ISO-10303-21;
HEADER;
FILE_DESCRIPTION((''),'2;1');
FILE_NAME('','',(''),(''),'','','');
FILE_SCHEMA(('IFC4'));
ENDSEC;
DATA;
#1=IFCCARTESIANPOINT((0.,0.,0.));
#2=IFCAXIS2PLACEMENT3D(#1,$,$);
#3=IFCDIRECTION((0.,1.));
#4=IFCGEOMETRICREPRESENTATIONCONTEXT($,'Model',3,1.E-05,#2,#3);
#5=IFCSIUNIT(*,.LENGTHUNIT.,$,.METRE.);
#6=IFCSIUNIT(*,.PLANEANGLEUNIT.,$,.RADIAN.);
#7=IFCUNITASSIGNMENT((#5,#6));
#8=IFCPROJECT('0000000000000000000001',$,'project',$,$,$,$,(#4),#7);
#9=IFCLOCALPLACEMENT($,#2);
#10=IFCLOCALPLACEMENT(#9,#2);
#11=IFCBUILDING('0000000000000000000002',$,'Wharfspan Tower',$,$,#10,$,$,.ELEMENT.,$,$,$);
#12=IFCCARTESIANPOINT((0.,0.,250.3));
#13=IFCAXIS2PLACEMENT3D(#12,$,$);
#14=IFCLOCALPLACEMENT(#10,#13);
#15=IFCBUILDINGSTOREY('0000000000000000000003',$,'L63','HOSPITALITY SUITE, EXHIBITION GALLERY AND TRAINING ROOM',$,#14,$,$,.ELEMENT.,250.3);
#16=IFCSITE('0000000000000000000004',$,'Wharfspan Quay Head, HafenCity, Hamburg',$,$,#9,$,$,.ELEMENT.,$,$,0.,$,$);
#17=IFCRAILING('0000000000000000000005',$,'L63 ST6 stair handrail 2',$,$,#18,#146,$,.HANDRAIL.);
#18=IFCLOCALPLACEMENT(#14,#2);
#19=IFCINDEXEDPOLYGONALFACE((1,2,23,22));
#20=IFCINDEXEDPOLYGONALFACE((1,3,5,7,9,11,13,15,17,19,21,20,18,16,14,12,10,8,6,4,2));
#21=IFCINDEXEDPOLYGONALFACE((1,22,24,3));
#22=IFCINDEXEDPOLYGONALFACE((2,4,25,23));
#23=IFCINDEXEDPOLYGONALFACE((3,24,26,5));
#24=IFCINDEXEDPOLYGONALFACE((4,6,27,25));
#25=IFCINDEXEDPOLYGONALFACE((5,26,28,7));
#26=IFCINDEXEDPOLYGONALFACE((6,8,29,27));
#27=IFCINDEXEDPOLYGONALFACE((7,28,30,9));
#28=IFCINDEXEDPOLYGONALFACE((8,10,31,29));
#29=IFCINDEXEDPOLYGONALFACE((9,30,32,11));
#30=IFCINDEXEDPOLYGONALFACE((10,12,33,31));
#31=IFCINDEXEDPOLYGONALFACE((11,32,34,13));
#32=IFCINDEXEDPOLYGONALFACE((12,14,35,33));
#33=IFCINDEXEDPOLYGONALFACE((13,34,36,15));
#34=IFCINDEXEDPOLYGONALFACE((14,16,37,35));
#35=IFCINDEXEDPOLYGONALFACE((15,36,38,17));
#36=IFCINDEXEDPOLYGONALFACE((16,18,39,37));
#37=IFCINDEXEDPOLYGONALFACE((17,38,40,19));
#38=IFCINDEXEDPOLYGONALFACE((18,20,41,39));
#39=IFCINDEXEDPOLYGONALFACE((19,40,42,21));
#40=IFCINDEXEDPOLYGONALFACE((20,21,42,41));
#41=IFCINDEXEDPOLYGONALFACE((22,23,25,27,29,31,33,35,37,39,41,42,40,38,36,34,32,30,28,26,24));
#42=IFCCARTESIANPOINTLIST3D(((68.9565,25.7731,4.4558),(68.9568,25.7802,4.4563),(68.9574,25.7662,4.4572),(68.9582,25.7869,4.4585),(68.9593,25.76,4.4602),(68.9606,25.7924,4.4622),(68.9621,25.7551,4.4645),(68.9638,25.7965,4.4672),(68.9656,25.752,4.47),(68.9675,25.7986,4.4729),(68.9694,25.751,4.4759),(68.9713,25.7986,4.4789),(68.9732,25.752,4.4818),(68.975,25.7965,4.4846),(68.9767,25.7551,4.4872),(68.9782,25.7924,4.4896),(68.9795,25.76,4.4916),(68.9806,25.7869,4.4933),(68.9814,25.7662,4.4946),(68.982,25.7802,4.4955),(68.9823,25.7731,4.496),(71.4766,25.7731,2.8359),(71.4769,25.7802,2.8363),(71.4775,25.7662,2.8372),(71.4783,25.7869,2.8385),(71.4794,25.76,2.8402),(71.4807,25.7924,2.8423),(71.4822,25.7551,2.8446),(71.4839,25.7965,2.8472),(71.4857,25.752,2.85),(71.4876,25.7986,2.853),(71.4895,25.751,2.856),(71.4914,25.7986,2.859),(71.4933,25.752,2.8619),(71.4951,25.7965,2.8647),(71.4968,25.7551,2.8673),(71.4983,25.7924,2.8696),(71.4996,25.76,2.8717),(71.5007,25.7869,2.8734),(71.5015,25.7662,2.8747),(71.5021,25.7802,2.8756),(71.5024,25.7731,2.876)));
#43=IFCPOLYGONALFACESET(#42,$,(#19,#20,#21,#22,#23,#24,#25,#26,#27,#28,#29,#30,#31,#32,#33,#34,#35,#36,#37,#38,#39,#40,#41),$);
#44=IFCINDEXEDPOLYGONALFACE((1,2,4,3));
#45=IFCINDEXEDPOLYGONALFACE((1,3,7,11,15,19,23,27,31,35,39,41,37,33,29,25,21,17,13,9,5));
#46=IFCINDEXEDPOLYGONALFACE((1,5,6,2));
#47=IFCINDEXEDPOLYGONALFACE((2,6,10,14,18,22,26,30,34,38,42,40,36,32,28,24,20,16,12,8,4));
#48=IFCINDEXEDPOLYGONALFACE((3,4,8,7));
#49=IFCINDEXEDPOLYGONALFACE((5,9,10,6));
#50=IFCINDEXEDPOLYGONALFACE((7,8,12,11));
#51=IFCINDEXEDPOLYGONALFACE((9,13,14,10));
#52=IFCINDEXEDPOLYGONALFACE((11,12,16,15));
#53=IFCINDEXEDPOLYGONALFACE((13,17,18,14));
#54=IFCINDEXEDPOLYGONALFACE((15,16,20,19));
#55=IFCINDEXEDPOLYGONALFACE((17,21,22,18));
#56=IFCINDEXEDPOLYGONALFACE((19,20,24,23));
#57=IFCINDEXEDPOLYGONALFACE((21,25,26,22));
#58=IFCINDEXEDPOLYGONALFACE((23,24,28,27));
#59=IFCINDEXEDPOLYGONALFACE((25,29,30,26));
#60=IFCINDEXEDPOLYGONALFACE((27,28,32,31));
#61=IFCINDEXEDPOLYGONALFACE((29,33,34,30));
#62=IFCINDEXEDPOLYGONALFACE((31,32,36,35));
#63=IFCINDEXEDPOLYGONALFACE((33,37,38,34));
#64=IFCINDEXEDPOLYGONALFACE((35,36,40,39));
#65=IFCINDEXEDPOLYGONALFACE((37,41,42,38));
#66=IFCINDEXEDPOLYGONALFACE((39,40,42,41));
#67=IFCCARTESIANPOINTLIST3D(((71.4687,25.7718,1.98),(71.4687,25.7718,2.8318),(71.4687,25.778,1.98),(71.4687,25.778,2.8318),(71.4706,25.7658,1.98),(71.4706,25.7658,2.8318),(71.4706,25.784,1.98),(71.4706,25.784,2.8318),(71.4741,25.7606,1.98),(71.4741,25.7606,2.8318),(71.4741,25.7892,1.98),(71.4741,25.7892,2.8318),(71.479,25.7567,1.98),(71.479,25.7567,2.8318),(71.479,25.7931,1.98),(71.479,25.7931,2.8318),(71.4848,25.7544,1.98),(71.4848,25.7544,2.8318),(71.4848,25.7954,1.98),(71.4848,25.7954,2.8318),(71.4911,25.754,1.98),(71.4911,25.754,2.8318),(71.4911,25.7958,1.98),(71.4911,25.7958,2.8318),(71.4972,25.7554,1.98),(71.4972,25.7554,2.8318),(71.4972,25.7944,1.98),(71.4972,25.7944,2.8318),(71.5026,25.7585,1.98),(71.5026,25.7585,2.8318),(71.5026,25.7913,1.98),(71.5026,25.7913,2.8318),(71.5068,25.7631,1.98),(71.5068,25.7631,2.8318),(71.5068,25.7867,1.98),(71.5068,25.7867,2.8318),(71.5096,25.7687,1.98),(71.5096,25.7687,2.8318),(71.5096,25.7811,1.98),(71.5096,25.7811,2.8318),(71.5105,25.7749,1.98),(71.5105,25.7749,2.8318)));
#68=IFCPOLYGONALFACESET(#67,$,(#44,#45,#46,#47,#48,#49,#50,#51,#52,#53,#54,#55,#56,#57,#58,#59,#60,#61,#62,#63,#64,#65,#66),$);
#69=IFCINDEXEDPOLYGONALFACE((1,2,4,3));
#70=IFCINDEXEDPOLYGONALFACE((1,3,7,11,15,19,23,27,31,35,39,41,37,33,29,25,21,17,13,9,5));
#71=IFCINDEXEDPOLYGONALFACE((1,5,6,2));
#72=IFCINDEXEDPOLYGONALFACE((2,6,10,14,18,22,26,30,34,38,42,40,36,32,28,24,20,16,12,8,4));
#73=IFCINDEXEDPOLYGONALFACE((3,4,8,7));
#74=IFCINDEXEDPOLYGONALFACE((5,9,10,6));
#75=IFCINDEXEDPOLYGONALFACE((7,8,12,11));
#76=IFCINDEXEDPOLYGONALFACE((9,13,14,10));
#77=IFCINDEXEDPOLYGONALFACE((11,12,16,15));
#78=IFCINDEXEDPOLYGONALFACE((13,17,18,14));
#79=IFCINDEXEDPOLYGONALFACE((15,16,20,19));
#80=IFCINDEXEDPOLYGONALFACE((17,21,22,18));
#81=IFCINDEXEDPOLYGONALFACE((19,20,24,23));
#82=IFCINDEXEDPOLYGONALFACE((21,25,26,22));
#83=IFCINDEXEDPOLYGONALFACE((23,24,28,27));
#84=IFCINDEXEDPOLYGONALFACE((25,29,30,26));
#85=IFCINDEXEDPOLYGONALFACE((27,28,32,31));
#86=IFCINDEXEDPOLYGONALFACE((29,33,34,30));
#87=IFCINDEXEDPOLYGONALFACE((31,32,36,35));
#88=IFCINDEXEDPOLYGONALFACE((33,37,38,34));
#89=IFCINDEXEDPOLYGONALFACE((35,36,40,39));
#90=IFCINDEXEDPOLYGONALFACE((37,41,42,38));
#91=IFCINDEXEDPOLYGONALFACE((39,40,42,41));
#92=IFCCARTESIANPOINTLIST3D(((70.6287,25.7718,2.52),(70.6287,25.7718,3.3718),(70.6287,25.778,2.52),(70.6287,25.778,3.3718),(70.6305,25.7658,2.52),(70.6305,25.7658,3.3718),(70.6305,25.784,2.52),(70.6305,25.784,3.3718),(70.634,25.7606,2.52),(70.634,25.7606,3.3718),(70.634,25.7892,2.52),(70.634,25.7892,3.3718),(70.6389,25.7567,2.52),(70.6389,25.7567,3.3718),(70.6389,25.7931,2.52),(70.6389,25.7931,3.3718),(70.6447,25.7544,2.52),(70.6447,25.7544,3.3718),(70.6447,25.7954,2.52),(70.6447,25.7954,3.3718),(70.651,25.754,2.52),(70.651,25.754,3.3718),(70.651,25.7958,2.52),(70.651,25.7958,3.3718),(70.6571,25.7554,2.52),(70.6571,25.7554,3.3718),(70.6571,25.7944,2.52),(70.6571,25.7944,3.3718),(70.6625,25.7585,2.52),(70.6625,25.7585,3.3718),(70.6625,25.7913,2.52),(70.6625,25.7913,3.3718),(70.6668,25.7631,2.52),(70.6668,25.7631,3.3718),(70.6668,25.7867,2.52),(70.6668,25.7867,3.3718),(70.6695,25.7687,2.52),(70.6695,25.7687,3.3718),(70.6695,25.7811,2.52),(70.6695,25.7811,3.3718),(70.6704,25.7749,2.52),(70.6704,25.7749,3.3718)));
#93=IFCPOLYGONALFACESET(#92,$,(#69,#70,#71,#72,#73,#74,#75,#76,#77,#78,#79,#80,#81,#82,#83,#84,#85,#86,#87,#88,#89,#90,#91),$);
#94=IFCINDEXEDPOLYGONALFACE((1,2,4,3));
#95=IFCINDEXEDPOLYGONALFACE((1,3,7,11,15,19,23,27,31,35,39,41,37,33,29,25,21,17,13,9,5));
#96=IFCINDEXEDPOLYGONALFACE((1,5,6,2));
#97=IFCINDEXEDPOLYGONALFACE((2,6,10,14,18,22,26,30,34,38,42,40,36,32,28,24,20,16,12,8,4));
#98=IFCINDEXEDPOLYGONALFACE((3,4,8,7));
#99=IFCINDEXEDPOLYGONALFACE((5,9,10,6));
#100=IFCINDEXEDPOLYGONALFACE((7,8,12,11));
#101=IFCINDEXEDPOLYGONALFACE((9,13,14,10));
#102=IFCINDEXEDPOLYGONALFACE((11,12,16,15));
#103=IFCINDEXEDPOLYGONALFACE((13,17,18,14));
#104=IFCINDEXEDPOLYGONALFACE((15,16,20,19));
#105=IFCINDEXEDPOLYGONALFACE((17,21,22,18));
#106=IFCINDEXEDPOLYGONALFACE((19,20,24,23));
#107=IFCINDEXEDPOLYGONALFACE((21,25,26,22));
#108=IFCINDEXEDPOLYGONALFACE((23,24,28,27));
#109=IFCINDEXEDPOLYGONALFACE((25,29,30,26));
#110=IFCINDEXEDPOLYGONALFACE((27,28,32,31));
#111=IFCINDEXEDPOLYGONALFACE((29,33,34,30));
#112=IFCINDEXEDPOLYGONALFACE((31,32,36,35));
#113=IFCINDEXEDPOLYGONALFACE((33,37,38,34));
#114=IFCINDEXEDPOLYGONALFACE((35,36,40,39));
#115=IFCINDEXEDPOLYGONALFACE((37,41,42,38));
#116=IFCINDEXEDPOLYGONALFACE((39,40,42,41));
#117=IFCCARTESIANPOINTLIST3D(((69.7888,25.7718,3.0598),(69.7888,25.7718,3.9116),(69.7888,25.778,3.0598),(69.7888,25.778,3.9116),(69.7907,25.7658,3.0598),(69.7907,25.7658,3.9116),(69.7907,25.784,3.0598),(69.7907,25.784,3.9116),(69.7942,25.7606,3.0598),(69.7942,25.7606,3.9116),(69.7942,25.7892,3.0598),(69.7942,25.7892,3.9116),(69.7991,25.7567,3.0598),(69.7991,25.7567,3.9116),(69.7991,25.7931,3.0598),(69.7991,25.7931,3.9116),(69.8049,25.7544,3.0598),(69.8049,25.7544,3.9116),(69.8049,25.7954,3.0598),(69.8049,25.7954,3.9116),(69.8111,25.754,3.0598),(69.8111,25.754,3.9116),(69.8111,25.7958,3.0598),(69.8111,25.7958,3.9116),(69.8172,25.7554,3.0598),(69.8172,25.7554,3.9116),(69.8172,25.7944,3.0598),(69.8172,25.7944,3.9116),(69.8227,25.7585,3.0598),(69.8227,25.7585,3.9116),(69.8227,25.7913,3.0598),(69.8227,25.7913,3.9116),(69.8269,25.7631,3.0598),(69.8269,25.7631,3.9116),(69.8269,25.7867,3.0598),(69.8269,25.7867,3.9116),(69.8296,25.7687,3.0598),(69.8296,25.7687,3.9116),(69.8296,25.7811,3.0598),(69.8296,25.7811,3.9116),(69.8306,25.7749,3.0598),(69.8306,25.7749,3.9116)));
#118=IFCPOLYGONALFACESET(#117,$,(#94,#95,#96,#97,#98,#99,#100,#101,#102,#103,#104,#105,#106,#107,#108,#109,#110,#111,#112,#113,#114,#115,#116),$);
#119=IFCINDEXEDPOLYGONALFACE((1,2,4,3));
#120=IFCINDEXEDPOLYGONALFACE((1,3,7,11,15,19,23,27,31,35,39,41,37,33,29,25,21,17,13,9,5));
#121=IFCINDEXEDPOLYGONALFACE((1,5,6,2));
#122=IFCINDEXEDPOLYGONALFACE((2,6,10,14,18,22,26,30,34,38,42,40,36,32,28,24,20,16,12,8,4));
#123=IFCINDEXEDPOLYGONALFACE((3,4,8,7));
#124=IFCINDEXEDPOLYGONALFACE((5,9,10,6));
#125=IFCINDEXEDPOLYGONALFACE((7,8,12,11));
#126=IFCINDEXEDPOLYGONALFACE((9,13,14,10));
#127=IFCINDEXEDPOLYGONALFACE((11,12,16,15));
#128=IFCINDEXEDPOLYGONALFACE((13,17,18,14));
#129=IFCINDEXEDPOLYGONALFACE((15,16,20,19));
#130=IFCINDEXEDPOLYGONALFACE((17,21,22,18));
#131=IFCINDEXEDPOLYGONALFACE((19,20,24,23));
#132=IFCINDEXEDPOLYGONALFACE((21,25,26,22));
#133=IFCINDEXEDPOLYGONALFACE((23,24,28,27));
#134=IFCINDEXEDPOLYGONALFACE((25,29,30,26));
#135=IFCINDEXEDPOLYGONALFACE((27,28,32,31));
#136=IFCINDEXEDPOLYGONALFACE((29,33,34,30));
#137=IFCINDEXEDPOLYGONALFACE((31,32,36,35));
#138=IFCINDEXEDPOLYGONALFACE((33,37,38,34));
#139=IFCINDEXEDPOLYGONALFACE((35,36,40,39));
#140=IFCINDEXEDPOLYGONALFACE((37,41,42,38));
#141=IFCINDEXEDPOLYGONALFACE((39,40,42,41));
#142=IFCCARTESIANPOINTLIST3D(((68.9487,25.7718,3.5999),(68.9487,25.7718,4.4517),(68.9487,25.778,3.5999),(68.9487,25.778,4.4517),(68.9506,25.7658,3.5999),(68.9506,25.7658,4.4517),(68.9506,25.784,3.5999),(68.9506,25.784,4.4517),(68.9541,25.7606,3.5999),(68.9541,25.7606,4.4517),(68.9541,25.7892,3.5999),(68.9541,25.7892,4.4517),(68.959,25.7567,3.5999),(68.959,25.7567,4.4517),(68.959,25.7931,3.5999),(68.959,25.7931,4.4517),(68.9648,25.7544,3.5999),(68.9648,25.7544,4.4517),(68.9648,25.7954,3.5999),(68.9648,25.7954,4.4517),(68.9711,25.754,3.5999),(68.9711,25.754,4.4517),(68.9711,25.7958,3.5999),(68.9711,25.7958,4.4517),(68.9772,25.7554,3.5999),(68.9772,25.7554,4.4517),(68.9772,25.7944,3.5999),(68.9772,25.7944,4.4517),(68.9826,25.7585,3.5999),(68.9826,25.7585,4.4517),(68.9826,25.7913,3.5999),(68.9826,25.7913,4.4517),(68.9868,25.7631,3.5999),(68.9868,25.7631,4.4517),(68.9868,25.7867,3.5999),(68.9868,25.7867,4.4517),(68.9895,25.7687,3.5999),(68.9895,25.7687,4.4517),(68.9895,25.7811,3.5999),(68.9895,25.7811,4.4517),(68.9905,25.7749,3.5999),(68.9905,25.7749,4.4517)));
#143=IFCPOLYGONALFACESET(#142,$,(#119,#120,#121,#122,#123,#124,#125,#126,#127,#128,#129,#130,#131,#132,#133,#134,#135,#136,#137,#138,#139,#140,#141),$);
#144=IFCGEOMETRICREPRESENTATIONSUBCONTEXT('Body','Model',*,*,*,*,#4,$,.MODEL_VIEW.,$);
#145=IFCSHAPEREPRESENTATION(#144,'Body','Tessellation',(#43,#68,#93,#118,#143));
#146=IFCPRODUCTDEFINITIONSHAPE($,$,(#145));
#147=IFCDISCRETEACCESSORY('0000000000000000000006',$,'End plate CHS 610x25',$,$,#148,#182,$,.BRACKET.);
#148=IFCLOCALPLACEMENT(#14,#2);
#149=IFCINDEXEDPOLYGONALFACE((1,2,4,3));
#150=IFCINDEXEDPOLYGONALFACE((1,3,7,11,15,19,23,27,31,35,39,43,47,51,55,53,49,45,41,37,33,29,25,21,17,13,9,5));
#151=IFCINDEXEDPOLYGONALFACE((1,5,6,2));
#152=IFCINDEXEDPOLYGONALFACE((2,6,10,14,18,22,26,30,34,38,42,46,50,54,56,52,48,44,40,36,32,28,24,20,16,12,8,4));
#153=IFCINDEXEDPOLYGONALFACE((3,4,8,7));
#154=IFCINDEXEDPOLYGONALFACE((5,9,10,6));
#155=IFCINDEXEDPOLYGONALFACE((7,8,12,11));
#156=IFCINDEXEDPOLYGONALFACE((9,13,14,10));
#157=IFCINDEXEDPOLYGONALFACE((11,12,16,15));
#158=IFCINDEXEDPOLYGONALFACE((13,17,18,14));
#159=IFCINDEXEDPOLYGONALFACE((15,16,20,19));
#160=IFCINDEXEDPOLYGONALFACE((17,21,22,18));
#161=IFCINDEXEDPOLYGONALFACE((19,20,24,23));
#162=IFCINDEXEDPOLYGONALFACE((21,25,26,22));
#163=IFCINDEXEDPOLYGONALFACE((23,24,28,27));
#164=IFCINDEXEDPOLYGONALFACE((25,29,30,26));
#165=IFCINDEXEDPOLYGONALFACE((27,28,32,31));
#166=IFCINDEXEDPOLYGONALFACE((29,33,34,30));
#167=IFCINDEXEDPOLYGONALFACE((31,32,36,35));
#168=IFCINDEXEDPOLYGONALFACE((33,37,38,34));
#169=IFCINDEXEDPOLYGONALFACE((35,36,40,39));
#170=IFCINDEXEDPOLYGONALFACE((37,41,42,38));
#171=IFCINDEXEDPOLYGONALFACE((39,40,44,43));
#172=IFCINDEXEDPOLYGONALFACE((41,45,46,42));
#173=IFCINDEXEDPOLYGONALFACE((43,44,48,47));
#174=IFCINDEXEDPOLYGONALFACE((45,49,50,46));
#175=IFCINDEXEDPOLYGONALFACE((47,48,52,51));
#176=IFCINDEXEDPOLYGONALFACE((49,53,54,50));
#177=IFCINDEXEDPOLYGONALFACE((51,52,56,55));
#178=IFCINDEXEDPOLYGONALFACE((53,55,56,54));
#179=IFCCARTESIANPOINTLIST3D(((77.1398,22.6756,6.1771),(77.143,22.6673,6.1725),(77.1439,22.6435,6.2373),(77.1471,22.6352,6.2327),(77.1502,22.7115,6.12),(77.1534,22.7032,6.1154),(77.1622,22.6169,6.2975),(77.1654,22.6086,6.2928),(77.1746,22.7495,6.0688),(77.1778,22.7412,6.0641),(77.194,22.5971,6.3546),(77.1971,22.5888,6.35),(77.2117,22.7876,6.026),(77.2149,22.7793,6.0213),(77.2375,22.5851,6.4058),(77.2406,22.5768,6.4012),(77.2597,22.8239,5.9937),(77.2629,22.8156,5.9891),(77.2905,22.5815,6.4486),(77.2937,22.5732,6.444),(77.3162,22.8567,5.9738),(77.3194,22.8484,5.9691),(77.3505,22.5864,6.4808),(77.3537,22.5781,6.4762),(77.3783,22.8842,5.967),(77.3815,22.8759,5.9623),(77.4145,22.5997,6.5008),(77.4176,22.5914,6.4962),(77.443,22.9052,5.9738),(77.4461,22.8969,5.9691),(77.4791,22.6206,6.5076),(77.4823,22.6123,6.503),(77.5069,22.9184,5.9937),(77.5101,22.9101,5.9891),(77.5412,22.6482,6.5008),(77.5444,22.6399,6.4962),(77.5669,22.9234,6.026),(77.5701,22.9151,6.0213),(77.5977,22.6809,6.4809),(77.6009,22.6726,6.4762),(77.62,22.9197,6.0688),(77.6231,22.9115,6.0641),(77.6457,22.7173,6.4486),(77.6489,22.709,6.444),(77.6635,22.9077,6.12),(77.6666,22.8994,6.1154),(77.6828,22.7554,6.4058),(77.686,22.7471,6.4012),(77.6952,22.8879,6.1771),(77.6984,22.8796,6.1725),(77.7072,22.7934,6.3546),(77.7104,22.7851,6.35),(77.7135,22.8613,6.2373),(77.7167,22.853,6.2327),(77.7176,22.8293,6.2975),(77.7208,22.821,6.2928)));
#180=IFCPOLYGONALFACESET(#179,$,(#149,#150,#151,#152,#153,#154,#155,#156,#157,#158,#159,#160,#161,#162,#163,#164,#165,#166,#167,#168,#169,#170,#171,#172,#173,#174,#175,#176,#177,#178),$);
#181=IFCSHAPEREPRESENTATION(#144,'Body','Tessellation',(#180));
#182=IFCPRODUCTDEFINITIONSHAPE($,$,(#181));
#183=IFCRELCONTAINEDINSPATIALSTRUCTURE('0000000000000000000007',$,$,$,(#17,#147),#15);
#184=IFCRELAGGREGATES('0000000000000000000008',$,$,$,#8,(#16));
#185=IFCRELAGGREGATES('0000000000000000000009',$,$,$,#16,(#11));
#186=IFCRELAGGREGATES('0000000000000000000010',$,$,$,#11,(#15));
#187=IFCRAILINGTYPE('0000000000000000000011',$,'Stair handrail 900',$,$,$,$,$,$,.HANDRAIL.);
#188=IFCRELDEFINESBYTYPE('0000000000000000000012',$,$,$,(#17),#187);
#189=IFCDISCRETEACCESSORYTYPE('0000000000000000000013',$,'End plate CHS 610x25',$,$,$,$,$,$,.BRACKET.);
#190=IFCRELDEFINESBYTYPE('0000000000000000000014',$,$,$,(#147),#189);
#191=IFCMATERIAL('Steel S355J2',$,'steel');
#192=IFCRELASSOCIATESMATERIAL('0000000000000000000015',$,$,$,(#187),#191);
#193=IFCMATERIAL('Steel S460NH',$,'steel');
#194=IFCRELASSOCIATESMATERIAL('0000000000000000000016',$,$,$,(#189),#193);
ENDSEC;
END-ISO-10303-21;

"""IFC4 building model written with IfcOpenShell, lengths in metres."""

from ifc_helpers import new_model, si_unit, direction, frame, origin, origin_2d, place, context, subcontext, project, spatial, circle, extrude, material, material_profile, profile_set, type_object, element, save


model = new_model("IFC4")

# Units and contexts
model_context = context("Model", 3, precision=1e-05, world=origin(), true_north=direction((0.0, 1.0)))
body_context = subcontext(model_context, "Body", "Model", "MODEL_VIEW")
ifc_project = project(units=[si_unit("LENGTHUNIT", "METRE"), si_unit("PLANEANGLEUNIT", "RADIAN")], contexts=[model_context])

# Site, building, storey
site_placement = place(None, origin())
site = spatial("IfcSite", under=ifc_project, at=site_placement, Name="Wharfspan Quay Head, HafenCity, Hamburg", CompositionType="ELEMENT", RefElevation=0.0)
building_placement = place(site_placement, origin())
building = spatial("IfcBuilding", under=site, at=building_placement, Name="Wharfspan Tower", CompositionType="ELEMENT")
storey_placement = place(building_placement, frame((0.0, 0.0, 250.3)))
storey = spatial("IfcBuildingStorey", under=building, at=storey_placement, Name="L63", Description="HOSPITALITY SUITE, EXHIBITION GALLERY AND TRAINING ROOM", CompositionType="ELEMENT", Elevation=250.3)

# Shared definitions
ifc_material_1 = material(Name="Steel S355J2", Category="steel")

# Railing
railing_type_1 = type_object("IfcRailingType", Name="Stair handrail 900", PredefinedType="HANDRAIL", material=ifc_material_1)
railing_1_placement = place(storey_placement, frame((71.4895, 25.7749, 1.98)))
element("IfcRailing", 1, at=railing_1_placement, inside=storey, type_object=railing_type_1, Name="L63 ST6 stair handrail 2", PredefinedType="HANDRAIL", context=body_context, shape_type="SweptSolid", body=[
    extrude(circle(Radius=0.0239, at=origin_2d()), frame((0.0, 0.0, 0.876), z_axis=(-0.8412, 0.0, 0.540725), x_axis=(0.0, -1.0, 0.0)), (0.0, 0.0, 1.0), 2.9958),
    extrude(circle(Radius=0.021, at=origin_2d()), origin(), (0.0, 0.0, 1.0), 0.8518),
    extrude(circle(Radius=0.021, at=origin_2d()), frame((-0.8401, 0.0, 0.54)), (0.0, 0.0, 1.0), 0.8518),
    extrude(circle(Radius=0.021, at=origin_2d()), frame((-1.6799, 0.0, 1.0798)), (0.0, 0.0, 1.0), 0.8518),
    extrude(circle(Radius=0.021, at=origin_2d()), frame((-2.52, 0.0, 1.6199)), (0.0, 0.0, 1.0), 0.8518),
])

# Discrete accessory
ifc_material_2 = material(Name="Steel S460NH", Category="steel")
ifc_material_profile_1 = material_profile(ifc_material_2, circle(Radius=0.3049, at=origin_2d()))
ifc_profile_set_1 = profile_set([ifc_material_profile_1], Name="Steel S460NH")
discrete_accessory_type = type_object("IfcDiscreteAccessoryType", Name="End plate CHS 610x25", PredefinedType="BRACKET", material=ifc_profile_set_1)
for number, where, z_axis, x_axis, name in (
    (2, (77.4319, 22.7441, 6.2327), (-0.316603, 0.828038, 0.462727), (-0.934054, -0.357138, -0.000001), "End plate CHS 610x25"),
):
    element("IfcDiscreteAccessory", number, at=place(storey_placement, frame(where, z_axis=z_axis, x_axis=x_axis)), inside=storey, type_object=discrete_accessory_type, Name=name, PredefinedType="BRACKET", context=body_context, shape_type="SweptSolid", body=[
        extrude(circle(Radius=0.3049, at=origin_2d()), origin(), (0.0, 0.0, 1.0), 0.01),
    ])

save(model, "model.ifc")
